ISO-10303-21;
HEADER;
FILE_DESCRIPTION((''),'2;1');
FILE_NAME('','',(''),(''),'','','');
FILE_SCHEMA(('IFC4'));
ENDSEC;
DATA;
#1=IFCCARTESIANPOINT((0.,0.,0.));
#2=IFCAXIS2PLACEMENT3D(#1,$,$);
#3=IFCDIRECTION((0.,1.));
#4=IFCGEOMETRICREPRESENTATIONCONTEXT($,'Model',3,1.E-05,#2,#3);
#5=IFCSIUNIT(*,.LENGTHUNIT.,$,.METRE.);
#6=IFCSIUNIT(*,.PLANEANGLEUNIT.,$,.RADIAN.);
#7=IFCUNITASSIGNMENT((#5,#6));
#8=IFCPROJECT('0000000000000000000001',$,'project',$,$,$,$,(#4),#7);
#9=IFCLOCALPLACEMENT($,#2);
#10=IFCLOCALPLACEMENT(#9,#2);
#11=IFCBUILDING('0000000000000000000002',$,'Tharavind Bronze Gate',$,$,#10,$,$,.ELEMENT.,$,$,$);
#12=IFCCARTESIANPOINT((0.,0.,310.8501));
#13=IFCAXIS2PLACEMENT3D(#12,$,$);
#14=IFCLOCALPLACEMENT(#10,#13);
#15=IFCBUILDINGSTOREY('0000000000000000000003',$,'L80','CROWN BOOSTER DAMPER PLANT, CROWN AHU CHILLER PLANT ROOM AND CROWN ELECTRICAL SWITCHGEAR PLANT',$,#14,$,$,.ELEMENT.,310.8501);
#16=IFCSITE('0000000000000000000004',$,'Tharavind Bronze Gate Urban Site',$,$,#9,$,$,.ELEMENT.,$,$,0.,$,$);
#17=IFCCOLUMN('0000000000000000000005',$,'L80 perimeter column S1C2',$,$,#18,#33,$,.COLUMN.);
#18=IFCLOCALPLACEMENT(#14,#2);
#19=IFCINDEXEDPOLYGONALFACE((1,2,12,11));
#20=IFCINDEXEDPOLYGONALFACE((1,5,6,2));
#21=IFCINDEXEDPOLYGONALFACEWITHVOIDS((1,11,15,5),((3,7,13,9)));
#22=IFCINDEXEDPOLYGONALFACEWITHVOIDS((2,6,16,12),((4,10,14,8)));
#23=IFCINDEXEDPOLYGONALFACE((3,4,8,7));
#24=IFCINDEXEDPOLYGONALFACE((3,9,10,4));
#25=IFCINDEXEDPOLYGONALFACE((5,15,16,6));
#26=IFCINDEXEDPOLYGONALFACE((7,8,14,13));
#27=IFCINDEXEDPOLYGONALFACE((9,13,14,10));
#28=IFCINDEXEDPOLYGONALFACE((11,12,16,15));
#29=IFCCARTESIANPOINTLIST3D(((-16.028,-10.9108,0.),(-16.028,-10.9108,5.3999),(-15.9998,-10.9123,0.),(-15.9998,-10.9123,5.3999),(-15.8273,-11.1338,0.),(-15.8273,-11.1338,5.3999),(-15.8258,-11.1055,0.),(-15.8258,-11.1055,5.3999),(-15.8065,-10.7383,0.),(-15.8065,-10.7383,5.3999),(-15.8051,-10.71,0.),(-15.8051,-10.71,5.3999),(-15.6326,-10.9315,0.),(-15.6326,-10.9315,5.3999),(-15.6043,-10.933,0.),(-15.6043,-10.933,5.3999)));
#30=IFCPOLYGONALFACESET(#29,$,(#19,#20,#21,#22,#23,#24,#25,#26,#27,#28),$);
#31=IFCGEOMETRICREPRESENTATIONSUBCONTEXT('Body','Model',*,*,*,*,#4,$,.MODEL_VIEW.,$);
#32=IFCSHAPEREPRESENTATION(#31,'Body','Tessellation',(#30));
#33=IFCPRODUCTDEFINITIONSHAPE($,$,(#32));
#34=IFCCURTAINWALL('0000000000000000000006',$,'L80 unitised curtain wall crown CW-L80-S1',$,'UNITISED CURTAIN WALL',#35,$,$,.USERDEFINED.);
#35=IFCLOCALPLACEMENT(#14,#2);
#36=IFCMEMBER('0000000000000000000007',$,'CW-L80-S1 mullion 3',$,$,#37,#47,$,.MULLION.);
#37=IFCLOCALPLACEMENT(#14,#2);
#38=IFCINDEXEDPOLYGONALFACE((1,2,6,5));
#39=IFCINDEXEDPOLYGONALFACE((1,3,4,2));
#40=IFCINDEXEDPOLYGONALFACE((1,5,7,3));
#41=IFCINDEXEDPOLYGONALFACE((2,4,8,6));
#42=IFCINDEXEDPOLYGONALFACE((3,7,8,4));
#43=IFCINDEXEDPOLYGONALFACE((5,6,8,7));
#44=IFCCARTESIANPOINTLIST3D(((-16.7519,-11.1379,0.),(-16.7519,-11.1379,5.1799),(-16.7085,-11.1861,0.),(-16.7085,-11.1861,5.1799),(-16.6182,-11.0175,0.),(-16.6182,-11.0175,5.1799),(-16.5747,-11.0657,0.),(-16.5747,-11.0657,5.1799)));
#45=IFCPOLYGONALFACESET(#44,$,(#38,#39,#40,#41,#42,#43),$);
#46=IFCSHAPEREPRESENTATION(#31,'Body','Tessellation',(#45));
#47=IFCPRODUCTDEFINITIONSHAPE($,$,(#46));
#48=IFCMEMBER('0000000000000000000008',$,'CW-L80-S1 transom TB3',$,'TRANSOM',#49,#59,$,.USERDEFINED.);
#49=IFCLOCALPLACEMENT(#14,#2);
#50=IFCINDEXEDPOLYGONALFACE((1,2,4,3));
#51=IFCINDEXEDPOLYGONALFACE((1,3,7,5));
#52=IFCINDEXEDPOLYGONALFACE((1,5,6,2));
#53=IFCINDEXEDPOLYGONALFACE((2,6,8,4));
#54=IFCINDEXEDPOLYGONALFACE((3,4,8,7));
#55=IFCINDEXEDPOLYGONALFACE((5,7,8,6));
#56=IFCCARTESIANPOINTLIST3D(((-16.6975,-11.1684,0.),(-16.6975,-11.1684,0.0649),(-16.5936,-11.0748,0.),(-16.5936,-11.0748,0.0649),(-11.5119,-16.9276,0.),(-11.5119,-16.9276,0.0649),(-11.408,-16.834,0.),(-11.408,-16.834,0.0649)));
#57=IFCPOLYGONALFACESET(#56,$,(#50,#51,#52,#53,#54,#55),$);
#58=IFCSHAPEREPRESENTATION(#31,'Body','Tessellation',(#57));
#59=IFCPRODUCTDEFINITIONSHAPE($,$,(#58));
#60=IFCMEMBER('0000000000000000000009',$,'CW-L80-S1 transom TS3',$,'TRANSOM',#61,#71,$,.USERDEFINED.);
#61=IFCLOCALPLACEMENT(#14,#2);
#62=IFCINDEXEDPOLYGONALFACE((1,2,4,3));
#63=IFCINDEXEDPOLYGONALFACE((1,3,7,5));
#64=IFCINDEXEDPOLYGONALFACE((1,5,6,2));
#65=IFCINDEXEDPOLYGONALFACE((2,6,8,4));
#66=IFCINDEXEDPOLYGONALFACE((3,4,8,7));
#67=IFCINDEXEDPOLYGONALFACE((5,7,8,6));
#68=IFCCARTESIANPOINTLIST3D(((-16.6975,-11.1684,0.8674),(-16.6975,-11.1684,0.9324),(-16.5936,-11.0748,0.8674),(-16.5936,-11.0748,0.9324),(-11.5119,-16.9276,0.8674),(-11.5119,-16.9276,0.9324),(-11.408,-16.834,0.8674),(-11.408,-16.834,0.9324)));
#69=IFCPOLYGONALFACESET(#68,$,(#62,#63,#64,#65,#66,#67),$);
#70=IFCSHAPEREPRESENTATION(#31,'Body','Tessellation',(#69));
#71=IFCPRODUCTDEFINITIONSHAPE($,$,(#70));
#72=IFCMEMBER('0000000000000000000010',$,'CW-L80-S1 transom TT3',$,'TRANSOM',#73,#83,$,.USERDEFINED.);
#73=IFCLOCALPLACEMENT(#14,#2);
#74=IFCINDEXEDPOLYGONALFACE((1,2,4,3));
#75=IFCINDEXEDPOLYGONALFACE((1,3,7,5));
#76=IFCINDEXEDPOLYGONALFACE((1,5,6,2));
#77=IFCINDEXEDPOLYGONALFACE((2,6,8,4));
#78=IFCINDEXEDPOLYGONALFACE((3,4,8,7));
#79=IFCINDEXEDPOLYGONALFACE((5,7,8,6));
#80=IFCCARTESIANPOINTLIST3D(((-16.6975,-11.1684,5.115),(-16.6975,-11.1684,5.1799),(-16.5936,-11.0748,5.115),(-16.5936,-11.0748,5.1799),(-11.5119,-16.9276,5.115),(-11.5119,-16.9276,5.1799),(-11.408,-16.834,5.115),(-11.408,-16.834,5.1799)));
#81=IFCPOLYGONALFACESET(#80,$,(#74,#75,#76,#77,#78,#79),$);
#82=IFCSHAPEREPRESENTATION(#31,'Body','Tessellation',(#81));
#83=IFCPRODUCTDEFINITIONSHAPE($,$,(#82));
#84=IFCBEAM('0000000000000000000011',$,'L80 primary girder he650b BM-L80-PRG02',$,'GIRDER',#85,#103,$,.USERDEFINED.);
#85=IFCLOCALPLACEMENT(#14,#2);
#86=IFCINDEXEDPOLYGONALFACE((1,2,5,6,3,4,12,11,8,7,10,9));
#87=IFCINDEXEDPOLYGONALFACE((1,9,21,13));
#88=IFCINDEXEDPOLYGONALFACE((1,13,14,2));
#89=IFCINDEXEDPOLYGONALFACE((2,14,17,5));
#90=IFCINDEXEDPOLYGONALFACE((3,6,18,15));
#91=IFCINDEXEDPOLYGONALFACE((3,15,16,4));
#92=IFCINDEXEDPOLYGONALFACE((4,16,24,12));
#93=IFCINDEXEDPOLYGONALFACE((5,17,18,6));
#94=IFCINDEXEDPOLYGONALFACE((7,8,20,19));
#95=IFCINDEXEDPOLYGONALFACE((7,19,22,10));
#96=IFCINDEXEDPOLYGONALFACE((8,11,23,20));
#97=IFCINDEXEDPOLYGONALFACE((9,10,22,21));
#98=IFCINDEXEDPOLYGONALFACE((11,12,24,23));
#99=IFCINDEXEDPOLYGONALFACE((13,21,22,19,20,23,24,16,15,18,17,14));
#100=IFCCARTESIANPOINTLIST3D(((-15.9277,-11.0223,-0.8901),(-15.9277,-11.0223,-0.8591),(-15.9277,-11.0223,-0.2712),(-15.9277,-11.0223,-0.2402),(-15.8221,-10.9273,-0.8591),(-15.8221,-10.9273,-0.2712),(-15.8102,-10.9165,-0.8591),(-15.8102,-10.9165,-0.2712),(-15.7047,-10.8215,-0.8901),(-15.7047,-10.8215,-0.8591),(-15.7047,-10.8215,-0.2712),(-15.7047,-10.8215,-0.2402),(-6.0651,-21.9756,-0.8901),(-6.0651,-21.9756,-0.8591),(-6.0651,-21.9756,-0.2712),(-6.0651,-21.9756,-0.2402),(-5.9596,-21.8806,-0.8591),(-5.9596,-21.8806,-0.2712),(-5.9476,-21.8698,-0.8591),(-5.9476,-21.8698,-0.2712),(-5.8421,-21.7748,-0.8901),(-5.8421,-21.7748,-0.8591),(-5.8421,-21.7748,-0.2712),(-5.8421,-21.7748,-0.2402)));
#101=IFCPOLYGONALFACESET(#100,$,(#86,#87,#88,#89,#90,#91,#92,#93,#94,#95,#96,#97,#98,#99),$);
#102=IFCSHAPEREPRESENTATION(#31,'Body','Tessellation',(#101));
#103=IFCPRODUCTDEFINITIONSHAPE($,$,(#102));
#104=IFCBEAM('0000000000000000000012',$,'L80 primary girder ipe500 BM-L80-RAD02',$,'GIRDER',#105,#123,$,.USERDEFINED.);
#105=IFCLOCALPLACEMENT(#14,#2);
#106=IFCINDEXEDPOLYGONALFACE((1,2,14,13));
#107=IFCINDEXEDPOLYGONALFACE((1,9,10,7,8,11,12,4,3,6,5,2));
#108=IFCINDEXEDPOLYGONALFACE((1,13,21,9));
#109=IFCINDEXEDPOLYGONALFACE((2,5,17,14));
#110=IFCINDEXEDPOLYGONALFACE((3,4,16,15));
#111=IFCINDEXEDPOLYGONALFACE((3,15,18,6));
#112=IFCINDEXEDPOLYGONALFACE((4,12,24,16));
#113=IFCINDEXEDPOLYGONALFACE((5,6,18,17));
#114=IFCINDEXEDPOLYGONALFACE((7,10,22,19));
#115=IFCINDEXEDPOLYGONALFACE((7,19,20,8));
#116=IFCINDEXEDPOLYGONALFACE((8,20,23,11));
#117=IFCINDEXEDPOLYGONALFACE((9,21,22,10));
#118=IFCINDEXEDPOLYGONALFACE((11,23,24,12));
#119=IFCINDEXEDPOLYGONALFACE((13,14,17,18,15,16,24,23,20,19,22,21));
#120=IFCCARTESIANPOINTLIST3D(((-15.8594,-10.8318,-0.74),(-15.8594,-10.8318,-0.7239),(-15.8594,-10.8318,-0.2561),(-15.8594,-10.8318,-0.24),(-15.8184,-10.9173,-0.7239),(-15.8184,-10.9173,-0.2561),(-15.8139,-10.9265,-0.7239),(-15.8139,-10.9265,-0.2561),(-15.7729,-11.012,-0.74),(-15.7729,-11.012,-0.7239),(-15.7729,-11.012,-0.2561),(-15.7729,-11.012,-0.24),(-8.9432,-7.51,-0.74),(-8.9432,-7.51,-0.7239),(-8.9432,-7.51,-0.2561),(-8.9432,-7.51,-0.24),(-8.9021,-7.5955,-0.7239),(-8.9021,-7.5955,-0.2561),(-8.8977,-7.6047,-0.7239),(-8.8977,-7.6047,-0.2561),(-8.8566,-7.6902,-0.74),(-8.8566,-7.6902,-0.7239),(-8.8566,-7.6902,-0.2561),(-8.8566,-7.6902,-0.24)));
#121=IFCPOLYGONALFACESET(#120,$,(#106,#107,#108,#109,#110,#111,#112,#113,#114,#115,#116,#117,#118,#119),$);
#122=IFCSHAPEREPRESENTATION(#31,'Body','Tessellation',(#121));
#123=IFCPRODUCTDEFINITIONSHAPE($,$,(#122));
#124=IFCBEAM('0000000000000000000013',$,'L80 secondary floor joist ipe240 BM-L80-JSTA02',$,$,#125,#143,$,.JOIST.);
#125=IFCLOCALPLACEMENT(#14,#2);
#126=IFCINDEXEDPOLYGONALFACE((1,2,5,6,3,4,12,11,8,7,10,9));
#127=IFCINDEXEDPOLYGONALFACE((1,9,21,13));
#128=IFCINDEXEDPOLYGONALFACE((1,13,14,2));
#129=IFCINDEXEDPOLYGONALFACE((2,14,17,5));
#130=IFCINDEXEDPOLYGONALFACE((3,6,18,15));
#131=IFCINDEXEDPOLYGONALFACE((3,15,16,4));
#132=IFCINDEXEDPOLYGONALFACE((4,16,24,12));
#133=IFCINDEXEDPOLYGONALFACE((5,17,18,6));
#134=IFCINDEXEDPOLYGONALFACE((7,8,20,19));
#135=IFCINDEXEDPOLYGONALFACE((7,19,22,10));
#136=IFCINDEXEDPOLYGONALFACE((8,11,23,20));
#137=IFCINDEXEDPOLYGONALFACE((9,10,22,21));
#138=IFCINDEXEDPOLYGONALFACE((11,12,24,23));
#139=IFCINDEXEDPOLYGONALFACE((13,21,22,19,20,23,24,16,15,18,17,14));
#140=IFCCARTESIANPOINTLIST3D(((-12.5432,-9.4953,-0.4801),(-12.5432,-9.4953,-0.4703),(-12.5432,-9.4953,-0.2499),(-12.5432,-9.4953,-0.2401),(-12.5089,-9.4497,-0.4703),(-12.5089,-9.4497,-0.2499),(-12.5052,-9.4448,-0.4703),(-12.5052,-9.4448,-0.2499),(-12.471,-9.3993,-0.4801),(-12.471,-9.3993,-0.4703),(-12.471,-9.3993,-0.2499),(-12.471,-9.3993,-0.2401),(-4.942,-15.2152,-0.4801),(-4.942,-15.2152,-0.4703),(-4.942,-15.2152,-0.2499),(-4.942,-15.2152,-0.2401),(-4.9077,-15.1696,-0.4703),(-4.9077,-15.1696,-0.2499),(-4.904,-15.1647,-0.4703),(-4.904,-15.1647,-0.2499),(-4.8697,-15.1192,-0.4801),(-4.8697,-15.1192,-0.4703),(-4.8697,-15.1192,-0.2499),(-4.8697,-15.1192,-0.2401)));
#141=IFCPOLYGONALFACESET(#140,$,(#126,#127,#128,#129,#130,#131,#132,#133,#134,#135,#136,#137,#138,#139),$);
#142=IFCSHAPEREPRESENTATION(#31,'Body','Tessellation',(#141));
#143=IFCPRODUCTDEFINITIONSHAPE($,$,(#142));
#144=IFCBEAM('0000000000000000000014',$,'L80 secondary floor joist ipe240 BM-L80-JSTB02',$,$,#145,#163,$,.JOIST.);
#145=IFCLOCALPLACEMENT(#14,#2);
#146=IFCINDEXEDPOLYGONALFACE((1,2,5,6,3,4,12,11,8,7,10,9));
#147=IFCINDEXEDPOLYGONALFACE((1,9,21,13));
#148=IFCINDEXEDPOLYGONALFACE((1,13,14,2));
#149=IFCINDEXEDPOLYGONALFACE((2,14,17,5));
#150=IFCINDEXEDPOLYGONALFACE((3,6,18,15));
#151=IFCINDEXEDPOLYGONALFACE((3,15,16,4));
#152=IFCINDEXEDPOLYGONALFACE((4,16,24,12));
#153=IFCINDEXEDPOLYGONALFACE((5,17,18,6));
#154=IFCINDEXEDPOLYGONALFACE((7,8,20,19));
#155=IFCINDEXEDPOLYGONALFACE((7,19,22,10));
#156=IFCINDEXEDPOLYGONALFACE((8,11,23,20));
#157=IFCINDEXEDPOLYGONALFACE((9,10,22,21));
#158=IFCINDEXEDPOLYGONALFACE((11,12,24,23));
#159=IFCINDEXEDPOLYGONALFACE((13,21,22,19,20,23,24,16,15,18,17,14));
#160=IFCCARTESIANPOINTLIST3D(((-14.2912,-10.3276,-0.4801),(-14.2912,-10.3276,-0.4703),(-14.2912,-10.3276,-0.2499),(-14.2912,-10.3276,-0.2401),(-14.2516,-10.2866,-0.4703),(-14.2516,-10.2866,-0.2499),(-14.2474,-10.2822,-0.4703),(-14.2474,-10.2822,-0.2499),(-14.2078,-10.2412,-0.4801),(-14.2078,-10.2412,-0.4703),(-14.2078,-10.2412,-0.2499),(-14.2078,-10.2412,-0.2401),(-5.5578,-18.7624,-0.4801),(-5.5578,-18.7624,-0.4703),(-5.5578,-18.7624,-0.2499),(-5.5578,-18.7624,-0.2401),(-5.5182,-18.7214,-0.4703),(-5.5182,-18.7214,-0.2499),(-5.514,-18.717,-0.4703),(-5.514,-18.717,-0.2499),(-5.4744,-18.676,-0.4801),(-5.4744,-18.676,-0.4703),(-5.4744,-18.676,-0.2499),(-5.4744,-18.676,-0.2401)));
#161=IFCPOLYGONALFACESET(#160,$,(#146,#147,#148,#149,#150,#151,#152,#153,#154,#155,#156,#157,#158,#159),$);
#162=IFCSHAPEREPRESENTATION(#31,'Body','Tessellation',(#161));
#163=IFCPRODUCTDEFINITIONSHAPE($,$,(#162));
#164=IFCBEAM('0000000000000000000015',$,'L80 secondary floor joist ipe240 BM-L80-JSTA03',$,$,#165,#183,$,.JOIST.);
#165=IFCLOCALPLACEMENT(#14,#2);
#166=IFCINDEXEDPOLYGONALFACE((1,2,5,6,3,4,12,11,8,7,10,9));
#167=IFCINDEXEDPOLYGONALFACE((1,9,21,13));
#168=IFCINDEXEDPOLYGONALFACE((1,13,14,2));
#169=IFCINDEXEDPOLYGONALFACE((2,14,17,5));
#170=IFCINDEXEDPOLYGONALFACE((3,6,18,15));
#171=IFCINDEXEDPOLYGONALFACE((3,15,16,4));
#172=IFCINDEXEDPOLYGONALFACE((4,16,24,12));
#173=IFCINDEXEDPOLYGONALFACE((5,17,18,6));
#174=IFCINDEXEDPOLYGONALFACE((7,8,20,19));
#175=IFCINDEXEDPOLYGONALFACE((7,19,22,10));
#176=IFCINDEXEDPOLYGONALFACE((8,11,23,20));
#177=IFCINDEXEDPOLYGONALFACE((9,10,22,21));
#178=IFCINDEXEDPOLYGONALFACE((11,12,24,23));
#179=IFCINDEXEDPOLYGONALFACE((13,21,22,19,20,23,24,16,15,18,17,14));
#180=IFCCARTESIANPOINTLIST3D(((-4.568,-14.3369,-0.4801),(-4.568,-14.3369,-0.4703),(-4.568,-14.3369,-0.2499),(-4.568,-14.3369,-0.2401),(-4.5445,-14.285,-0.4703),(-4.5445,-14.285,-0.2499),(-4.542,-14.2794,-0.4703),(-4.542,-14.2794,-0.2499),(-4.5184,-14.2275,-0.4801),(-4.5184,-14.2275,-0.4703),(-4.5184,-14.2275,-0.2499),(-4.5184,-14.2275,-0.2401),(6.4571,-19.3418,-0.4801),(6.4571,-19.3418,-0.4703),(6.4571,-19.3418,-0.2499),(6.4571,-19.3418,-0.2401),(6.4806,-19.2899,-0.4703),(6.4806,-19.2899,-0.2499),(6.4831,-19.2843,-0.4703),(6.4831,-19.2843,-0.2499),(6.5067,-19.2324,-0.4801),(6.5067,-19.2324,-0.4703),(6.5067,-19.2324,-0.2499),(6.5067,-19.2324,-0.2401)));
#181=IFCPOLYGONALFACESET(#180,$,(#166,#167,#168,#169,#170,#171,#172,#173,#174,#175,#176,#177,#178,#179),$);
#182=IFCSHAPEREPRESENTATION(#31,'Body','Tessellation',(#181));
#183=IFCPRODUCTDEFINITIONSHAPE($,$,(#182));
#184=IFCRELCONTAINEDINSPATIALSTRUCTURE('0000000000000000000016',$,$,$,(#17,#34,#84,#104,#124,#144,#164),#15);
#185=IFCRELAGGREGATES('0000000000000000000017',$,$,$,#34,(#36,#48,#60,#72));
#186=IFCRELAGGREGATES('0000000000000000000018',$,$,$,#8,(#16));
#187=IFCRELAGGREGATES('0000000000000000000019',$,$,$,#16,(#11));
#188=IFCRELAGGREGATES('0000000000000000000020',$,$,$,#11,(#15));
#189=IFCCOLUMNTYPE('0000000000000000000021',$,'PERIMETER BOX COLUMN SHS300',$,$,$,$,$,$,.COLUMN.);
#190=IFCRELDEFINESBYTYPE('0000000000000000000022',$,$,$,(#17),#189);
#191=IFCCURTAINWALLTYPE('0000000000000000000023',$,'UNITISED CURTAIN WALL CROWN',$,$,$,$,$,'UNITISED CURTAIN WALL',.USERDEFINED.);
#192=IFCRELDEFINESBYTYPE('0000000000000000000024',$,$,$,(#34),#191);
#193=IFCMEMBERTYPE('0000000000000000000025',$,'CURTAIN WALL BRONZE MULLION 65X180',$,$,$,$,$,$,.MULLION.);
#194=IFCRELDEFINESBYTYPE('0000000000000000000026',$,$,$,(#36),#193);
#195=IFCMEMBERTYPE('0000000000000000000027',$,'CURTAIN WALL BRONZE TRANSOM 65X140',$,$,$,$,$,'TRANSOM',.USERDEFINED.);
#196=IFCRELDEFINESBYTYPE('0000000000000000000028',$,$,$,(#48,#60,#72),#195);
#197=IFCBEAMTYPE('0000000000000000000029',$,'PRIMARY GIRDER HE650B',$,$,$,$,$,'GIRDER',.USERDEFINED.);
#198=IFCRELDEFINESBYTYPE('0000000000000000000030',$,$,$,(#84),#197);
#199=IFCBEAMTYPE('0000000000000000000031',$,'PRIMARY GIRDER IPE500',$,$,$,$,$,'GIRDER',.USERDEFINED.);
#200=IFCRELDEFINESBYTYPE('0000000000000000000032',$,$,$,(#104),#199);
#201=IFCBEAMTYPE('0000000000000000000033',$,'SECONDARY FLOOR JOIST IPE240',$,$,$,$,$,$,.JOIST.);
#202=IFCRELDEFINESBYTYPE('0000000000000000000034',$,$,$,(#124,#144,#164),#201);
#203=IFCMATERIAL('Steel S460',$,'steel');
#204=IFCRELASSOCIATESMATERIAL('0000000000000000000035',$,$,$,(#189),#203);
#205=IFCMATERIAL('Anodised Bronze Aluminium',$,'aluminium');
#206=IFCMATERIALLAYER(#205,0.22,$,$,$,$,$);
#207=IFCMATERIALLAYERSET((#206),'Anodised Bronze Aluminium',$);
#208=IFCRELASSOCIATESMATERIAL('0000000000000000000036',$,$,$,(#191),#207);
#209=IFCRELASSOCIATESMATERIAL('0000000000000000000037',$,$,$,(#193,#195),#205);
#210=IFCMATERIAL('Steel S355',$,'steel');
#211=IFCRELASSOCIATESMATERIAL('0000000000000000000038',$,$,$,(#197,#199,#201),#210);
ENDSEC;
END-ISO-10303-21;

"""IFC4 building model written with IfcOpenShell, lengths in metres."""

from ifc_helpers import new_model, si_unit, direction, frame, origin, origin_2d, place, context, subcontext, project, spatial, rectangle, hollow_rectangle, i_section, extrude, material, layer, layer_set, material_profile, profile_set, type_object, element, aggregate, save


model = new_model("IFC4")

# Units and contexts
model_context = context("Model", 3, precision=1e-05, world=origin(), true_north=direction((0.0, 1.0)))
body_context = subcontext(model_context, "Body", "Model", "MODEL_VIEW")
ifc_project = project(units=[si_unit("LENGTHUNIT", "METRE"), si_unit("PLANEANGLEUNIT", "RADIAN")], contexts=[model_context])

# Site, building, storey
site_placement = place(None, origin())
site = spatial("IfcSite", under=ifc_project, at=site_placement, Name="Tharavind Bronze Gate Urban Site", CompositionType="ELEMENT", RefElevation=0.0)
building_placement = place(site_placement, origin())
building = spatial("IfcBuilding", under=site, at=building_placement, Name="Tharavind Bronze Gate", CompositionType="ELEMENT")
storey_placement = place(building_placement, frame((0.0, 0.0, 310.8501)))
storey = spatial("IfcBuildingStorey", under=building, at=storey_placement, Name="L80", Description="CROWN BOOSTER DAMPER PLANT, CROWN AHU CHILLER PLANT ROOM AND CROWN ELECTRICAL SWITCHGEAR PLANT", CompositionType="ELEMENT", Elevation=310.8501)

# Column
ifc_material_1 = material(Name="Steel S460", Category="steel")
ifc_material_profile_1 = material_profile(ifc_material_1, hollow_rectangle(XDim=0.3, YDim=0.3, WallThickness=0.02, at=origin_2d()), Name="SHS300X20")
ifc_profile_set_1 = profile_set([ifc_material_profile_1], Name="Steel S460")
column_type = type_object("IfcColumnType", Name="PERIMETER BOX COLUMN SHS300", PredefinedType="COLUMN", material=ifc_profile_set_1)
column_placement = place(storey_placement, frame((-15.8162, -10.9219, 0.0), z_axis=(0.0, 0.0, 1.0), x_axis=(-0.669131, 0.743145, 0.0)))
element("IfcColumn", 1, at=column_placement, inside=storey, type_object=column_type, Name="L80 perimeter column S1C2", PredefinedType="COLUMN", context=body_context, shape_type="SweptSolid", body=[
    extrude(hollow_rectangle(XDim=0.3, YDim=0.3, WallThickness=0.02, at=origin_2d()), origin(), (0.0, 0.0, 1.0), 5.3999),
])

# Curtain wall, members
ifc_material_2 = material(Name="Anodised Bronze Aluminium", Category="aluminium")
ifc_layer_1 = layer(ifc_material_2, 0.22)
ifc_layer_set_1 = layer_set([ifc_layer_1], Name="Anodised Bronze Aluminium")
curtain_wall_type = type_object("IfcCurtainWallType", Name="UNITISED CURTAIN WALL CROWN", ElementType="UNITISED CURTAIN WALL", PredefinedType="USERDEFINED", material=ifc_layer_set_1)
curtain_wall_placement = place(storey_placement, origin())
curtain_wall = element("IfcCurtainWall", 2, at=curtain_wall_placement, inside=storey, type_object=curtain_wall_type, Name="L80 unitised curtain wall crown CW-L80-S1", ObjectType="UNITISED CURTAIN WALL", PredefinedType="USERDEFINED")
member_type_1 = type_object("IfcMemberType", Name="CURTAIN WALL BRONZE MULLION 65X180", PredefinedType="MULLION", material=ifc_material_2)
member_1_placement = place(storey_placement, frame((-16.6633, -11.1018, 0.0), z_axis=(0.0, 0.0, 1.0), x_axis=(0.669131, -0.743145, 0.0)))
member_1 = element("IfcMember", 3, at=member_1_placement, type_object=member_type_1, Name="CW-L80-S1 mullion 3", PredefinedType="MULLION", context=body_context, shape_type="SweptSolid", body=[
    extrude(rectangle(XDim=0.0649, YDim=0.1799, at=origin_2d()), origin(), (0.0, 0.0, 1.0), 5.1799),
])
member_type_2 = type_object("IfcMemberType", Name="CURTAIN WALL BRONZE TRANSOM 65X140", ElementType="TRANSOM", PredefinedType="USERDEFINED", material=ifc_material_2)
member_2_placement = place(storey_placement, frame((-14.0527, -14.0012, 0.0), z_axis=(0.0, 0.0, 1.0), x_axis=(0.669131, -0.743145, 0.0)))
member_2 = element("IfcMember", 4, at=member_2_placement, type_object=member_type_2, Name="CW-L80-S1 transom TB3", ObjectType="TRANSOM", PredefinedType="USERDEFINED", context=body_context, shape_type="SweptSolid", body=[
    extrude(rectangle(XDim=7.7498, YDim=0.1399, at=origin_2d()), origin(), (0.0, 0.0, 1.0), 0.0649),
])
member_3_placement = place(storey_placement, frame((-14.0527, -14.0012, 0.8674), z_axis=(0.0, 0.0, 1.0), x_axis=(0.669131, -0.743145, 0.0)))
member_3 = element("IfcMember", 5, at=member_3_placement, type_object=member_type_2, Name="CW-L80-S1 transom TS3", ObjectType="TRANSOM", PredefinedType="USERDEFINED", context=body_context, shape_type="SweptSolid", body=[
    extrude(rectangle(XDim=7.7498, YDim=0.1399, at=origin_2d()), origin(), (0.0, 0.0, 1.0), 0.0649),
])
member_4_placement = place(storey_placement, frame((-14.0527, -14.0012, 5.115), z_axis=(0.0, 0.0, 1.0), x_axis=(0.669131, -0.743145, 0.0)))
member_4 = element("IfcMember", 6, at=member_4_placement, type_object=member_type_2, Name="CW-L80-S1 transom TT3", ObjectType="TRANSOM", PredefinedType="USERDEFINED", context=body_context, shape_type="SweptSolid", body=[
    extrude(rectangle(XDim=7.7498, YDim=0.1399, at=origin_2d()), origin(), (0.0, 0.0, 1.0), 0.0649),
])

# Beams
ifc_material_3 = material(Name="Steel S355", Category="steel")
ifc_material_profile_2 = material_profile(ifc_material_3, i_section(OverallWidth=0.3, OverallDepth=0.6499, WebThickness=0.0161, FlangeThickness=0.031, at=origin_2d()), Name="HE650B")
ifc_profile_set_2 = profile_set([ifc_material_profile_2], Name="Steel S355")
beam_type_1 = type_object("IfcBeamType", Name="PRIMARY GIRDER HE650B", ElementType="GIRDER", PredefinedType="USERDEFINED", material=ifc_profile_set_2)
beam_1_placement = place(storey_placement, frame((-15.8162, -10.9219, -0.5652), z_axis=(0.669134, -0.743142, 0.0), x_axis=(0.743142, 0.669134, 0.0)))
element("IfcBeam", 7, at=beam_1_placement, inside=storey, type_object=beam_type_1, Name="L80 primary girder he650b BM-L80-PRG02", ObjectType="GIRDER", PredefinedType="USERDEFINED", context=body_context, shape_type="SweptSolid", body=[
    extrude(i_section(OverallWidth=0.3, OverallDepth=0.6499, WebThickness=0.0161, FlangeThickness=0.031, at=origin_2d()), origin(), (0.0, 0.0, 1.0), 14.7393),
])
ifc_material_profile_3 = material_profile(ifc_material_3, i_section(OverallWidth=0.2, OverallDepth=0.5, WebThickness=0.0103, FlangeThickness=0.0161, at=origin_2d()), Name="IPE500")
ifc_profile_set_3 = profile_set([ifc_material_profile_3], Name="Steel S355")
beam_type_2 = type_object("IfcBeamType", Name="PRIMARY GIRDER IPE500", ElementType="GIRDER", PredefinedType="USERDEFINED", material=ifc_profile_set_3)
beam_2_placement = place(storey_placement, frame((-15.8162, -10.9219, -0.49), z_axis=(0.901423, 0.43294, 0.0), x_axis=(-0.43294, 0.901423, 0.0)))
element("IfcBeam", 8, at=beam_2_placement, inside=storey, type_object=beam_type_2, Name="L80 primary girder ipe500 BM-L80-RAD02", ObjectType="GIRDER", PredefinedType="USERDEFINED", context=body_context, shape_type="SweptSolid", body=[
    extrude(i_section(OverallWidth=0.2, OverallDepth=0.5, WebThickness=0.0103, FlangeThickness=0.0161, at=origin_2d()), origin(), (0.0, 0.0, 1.0), 7.6726),
])
ifc_material_profile_4 = material_profile(ifc_material_3, i_section(OverallWidth=0.1201, OverallDepth=0.24, WebThickness=0.0061, FlangeThickness=0.0098, at=origin_2d()), Name="IPE240")
ifc_profile_set_4 = profile_set([ifc_material_profile_4], Name="Steel S355")
beam_type_3 = type_object("IfcBeamType", Name="SECONDARY FLOOR JOIST IPE240", PredefinedType="JOIST", material=ifc_profile_set_4)
beam_3_placement = place(storey_placement, frame((-12.5071, -9.4473, -0.3601), z_axis=(0.799041, -0.601276, 0.0), x_axis=(0.601276, 0.799041, 0.0)))
element("IfcBeam", 9, at=beam_3_placement, inside=storey, type_object=beam_type_3, Name="L80 secondary floor joist ipe240 BM-L80-JSTA02", PredefinedType="JOIST", context=body_context, shape_type="SweptSolid", body=[
    extrude(i_section(OverallWidth=0.1201, OverallDepth=0.24, WebThickness=0.0061, FlangeThickness=0.0098, at=origin_2d()), origin(), (0.0, 0.0, 1.0), 9.5129),
])
beam_4_placement = place(storey_placement, frame((-14.2495, -10.2844, -0.3601), z_axis=(0.719296, -0.694704, 0.0), x_axis=(0.694704, 0.719296, 0.0)))
element("IfcBeam", 10, at=beam_4_placement, inside=storey, type_object=beam_type_3, Name="L80 secondary floor joist ipe240 BM-L80-JSTB02", PredefinedType="JOIST", context=body_context, shape_type="SweptSolid", body=[
    extrude(i_section(OverallWidth=0.1201, OverallDepth=0.24, WebThickness=0.0061, FlangeThickness=0.0098, at=origin_2d()), origin(), (0.0, 0.0, 1.0), 12.1416),
])
beam_5_placement = place(storey_placement, frame((-4.5432, -14.2822, -0.3601), z_axis=(0.91057, -0.413355, 0.0), x_axis=(0.413355, 0.91057, 0.0)))
element("IfcBeam", 11, at=beam_5_placement, inside=storey, type_object=beam_type_3, Name="L80 secondary floor joist ipe240 BM-L80-JSTA03", PredefinedType="JOIST", context=body_context, shape_type="SweptSolid", body=[
    extrude(i_section(OverallWidth=0.1201, OverallDepth=0.24, WebThickness=0.0061, FlangeThickness=0.0098, at=origin_2d()), origin(), (0.0, 0.0, 1.0), 12.1079),
])

aggregate(curtain_wall, [member_1, member_2, member_3, member_4])

save(model, "model.ifc")
